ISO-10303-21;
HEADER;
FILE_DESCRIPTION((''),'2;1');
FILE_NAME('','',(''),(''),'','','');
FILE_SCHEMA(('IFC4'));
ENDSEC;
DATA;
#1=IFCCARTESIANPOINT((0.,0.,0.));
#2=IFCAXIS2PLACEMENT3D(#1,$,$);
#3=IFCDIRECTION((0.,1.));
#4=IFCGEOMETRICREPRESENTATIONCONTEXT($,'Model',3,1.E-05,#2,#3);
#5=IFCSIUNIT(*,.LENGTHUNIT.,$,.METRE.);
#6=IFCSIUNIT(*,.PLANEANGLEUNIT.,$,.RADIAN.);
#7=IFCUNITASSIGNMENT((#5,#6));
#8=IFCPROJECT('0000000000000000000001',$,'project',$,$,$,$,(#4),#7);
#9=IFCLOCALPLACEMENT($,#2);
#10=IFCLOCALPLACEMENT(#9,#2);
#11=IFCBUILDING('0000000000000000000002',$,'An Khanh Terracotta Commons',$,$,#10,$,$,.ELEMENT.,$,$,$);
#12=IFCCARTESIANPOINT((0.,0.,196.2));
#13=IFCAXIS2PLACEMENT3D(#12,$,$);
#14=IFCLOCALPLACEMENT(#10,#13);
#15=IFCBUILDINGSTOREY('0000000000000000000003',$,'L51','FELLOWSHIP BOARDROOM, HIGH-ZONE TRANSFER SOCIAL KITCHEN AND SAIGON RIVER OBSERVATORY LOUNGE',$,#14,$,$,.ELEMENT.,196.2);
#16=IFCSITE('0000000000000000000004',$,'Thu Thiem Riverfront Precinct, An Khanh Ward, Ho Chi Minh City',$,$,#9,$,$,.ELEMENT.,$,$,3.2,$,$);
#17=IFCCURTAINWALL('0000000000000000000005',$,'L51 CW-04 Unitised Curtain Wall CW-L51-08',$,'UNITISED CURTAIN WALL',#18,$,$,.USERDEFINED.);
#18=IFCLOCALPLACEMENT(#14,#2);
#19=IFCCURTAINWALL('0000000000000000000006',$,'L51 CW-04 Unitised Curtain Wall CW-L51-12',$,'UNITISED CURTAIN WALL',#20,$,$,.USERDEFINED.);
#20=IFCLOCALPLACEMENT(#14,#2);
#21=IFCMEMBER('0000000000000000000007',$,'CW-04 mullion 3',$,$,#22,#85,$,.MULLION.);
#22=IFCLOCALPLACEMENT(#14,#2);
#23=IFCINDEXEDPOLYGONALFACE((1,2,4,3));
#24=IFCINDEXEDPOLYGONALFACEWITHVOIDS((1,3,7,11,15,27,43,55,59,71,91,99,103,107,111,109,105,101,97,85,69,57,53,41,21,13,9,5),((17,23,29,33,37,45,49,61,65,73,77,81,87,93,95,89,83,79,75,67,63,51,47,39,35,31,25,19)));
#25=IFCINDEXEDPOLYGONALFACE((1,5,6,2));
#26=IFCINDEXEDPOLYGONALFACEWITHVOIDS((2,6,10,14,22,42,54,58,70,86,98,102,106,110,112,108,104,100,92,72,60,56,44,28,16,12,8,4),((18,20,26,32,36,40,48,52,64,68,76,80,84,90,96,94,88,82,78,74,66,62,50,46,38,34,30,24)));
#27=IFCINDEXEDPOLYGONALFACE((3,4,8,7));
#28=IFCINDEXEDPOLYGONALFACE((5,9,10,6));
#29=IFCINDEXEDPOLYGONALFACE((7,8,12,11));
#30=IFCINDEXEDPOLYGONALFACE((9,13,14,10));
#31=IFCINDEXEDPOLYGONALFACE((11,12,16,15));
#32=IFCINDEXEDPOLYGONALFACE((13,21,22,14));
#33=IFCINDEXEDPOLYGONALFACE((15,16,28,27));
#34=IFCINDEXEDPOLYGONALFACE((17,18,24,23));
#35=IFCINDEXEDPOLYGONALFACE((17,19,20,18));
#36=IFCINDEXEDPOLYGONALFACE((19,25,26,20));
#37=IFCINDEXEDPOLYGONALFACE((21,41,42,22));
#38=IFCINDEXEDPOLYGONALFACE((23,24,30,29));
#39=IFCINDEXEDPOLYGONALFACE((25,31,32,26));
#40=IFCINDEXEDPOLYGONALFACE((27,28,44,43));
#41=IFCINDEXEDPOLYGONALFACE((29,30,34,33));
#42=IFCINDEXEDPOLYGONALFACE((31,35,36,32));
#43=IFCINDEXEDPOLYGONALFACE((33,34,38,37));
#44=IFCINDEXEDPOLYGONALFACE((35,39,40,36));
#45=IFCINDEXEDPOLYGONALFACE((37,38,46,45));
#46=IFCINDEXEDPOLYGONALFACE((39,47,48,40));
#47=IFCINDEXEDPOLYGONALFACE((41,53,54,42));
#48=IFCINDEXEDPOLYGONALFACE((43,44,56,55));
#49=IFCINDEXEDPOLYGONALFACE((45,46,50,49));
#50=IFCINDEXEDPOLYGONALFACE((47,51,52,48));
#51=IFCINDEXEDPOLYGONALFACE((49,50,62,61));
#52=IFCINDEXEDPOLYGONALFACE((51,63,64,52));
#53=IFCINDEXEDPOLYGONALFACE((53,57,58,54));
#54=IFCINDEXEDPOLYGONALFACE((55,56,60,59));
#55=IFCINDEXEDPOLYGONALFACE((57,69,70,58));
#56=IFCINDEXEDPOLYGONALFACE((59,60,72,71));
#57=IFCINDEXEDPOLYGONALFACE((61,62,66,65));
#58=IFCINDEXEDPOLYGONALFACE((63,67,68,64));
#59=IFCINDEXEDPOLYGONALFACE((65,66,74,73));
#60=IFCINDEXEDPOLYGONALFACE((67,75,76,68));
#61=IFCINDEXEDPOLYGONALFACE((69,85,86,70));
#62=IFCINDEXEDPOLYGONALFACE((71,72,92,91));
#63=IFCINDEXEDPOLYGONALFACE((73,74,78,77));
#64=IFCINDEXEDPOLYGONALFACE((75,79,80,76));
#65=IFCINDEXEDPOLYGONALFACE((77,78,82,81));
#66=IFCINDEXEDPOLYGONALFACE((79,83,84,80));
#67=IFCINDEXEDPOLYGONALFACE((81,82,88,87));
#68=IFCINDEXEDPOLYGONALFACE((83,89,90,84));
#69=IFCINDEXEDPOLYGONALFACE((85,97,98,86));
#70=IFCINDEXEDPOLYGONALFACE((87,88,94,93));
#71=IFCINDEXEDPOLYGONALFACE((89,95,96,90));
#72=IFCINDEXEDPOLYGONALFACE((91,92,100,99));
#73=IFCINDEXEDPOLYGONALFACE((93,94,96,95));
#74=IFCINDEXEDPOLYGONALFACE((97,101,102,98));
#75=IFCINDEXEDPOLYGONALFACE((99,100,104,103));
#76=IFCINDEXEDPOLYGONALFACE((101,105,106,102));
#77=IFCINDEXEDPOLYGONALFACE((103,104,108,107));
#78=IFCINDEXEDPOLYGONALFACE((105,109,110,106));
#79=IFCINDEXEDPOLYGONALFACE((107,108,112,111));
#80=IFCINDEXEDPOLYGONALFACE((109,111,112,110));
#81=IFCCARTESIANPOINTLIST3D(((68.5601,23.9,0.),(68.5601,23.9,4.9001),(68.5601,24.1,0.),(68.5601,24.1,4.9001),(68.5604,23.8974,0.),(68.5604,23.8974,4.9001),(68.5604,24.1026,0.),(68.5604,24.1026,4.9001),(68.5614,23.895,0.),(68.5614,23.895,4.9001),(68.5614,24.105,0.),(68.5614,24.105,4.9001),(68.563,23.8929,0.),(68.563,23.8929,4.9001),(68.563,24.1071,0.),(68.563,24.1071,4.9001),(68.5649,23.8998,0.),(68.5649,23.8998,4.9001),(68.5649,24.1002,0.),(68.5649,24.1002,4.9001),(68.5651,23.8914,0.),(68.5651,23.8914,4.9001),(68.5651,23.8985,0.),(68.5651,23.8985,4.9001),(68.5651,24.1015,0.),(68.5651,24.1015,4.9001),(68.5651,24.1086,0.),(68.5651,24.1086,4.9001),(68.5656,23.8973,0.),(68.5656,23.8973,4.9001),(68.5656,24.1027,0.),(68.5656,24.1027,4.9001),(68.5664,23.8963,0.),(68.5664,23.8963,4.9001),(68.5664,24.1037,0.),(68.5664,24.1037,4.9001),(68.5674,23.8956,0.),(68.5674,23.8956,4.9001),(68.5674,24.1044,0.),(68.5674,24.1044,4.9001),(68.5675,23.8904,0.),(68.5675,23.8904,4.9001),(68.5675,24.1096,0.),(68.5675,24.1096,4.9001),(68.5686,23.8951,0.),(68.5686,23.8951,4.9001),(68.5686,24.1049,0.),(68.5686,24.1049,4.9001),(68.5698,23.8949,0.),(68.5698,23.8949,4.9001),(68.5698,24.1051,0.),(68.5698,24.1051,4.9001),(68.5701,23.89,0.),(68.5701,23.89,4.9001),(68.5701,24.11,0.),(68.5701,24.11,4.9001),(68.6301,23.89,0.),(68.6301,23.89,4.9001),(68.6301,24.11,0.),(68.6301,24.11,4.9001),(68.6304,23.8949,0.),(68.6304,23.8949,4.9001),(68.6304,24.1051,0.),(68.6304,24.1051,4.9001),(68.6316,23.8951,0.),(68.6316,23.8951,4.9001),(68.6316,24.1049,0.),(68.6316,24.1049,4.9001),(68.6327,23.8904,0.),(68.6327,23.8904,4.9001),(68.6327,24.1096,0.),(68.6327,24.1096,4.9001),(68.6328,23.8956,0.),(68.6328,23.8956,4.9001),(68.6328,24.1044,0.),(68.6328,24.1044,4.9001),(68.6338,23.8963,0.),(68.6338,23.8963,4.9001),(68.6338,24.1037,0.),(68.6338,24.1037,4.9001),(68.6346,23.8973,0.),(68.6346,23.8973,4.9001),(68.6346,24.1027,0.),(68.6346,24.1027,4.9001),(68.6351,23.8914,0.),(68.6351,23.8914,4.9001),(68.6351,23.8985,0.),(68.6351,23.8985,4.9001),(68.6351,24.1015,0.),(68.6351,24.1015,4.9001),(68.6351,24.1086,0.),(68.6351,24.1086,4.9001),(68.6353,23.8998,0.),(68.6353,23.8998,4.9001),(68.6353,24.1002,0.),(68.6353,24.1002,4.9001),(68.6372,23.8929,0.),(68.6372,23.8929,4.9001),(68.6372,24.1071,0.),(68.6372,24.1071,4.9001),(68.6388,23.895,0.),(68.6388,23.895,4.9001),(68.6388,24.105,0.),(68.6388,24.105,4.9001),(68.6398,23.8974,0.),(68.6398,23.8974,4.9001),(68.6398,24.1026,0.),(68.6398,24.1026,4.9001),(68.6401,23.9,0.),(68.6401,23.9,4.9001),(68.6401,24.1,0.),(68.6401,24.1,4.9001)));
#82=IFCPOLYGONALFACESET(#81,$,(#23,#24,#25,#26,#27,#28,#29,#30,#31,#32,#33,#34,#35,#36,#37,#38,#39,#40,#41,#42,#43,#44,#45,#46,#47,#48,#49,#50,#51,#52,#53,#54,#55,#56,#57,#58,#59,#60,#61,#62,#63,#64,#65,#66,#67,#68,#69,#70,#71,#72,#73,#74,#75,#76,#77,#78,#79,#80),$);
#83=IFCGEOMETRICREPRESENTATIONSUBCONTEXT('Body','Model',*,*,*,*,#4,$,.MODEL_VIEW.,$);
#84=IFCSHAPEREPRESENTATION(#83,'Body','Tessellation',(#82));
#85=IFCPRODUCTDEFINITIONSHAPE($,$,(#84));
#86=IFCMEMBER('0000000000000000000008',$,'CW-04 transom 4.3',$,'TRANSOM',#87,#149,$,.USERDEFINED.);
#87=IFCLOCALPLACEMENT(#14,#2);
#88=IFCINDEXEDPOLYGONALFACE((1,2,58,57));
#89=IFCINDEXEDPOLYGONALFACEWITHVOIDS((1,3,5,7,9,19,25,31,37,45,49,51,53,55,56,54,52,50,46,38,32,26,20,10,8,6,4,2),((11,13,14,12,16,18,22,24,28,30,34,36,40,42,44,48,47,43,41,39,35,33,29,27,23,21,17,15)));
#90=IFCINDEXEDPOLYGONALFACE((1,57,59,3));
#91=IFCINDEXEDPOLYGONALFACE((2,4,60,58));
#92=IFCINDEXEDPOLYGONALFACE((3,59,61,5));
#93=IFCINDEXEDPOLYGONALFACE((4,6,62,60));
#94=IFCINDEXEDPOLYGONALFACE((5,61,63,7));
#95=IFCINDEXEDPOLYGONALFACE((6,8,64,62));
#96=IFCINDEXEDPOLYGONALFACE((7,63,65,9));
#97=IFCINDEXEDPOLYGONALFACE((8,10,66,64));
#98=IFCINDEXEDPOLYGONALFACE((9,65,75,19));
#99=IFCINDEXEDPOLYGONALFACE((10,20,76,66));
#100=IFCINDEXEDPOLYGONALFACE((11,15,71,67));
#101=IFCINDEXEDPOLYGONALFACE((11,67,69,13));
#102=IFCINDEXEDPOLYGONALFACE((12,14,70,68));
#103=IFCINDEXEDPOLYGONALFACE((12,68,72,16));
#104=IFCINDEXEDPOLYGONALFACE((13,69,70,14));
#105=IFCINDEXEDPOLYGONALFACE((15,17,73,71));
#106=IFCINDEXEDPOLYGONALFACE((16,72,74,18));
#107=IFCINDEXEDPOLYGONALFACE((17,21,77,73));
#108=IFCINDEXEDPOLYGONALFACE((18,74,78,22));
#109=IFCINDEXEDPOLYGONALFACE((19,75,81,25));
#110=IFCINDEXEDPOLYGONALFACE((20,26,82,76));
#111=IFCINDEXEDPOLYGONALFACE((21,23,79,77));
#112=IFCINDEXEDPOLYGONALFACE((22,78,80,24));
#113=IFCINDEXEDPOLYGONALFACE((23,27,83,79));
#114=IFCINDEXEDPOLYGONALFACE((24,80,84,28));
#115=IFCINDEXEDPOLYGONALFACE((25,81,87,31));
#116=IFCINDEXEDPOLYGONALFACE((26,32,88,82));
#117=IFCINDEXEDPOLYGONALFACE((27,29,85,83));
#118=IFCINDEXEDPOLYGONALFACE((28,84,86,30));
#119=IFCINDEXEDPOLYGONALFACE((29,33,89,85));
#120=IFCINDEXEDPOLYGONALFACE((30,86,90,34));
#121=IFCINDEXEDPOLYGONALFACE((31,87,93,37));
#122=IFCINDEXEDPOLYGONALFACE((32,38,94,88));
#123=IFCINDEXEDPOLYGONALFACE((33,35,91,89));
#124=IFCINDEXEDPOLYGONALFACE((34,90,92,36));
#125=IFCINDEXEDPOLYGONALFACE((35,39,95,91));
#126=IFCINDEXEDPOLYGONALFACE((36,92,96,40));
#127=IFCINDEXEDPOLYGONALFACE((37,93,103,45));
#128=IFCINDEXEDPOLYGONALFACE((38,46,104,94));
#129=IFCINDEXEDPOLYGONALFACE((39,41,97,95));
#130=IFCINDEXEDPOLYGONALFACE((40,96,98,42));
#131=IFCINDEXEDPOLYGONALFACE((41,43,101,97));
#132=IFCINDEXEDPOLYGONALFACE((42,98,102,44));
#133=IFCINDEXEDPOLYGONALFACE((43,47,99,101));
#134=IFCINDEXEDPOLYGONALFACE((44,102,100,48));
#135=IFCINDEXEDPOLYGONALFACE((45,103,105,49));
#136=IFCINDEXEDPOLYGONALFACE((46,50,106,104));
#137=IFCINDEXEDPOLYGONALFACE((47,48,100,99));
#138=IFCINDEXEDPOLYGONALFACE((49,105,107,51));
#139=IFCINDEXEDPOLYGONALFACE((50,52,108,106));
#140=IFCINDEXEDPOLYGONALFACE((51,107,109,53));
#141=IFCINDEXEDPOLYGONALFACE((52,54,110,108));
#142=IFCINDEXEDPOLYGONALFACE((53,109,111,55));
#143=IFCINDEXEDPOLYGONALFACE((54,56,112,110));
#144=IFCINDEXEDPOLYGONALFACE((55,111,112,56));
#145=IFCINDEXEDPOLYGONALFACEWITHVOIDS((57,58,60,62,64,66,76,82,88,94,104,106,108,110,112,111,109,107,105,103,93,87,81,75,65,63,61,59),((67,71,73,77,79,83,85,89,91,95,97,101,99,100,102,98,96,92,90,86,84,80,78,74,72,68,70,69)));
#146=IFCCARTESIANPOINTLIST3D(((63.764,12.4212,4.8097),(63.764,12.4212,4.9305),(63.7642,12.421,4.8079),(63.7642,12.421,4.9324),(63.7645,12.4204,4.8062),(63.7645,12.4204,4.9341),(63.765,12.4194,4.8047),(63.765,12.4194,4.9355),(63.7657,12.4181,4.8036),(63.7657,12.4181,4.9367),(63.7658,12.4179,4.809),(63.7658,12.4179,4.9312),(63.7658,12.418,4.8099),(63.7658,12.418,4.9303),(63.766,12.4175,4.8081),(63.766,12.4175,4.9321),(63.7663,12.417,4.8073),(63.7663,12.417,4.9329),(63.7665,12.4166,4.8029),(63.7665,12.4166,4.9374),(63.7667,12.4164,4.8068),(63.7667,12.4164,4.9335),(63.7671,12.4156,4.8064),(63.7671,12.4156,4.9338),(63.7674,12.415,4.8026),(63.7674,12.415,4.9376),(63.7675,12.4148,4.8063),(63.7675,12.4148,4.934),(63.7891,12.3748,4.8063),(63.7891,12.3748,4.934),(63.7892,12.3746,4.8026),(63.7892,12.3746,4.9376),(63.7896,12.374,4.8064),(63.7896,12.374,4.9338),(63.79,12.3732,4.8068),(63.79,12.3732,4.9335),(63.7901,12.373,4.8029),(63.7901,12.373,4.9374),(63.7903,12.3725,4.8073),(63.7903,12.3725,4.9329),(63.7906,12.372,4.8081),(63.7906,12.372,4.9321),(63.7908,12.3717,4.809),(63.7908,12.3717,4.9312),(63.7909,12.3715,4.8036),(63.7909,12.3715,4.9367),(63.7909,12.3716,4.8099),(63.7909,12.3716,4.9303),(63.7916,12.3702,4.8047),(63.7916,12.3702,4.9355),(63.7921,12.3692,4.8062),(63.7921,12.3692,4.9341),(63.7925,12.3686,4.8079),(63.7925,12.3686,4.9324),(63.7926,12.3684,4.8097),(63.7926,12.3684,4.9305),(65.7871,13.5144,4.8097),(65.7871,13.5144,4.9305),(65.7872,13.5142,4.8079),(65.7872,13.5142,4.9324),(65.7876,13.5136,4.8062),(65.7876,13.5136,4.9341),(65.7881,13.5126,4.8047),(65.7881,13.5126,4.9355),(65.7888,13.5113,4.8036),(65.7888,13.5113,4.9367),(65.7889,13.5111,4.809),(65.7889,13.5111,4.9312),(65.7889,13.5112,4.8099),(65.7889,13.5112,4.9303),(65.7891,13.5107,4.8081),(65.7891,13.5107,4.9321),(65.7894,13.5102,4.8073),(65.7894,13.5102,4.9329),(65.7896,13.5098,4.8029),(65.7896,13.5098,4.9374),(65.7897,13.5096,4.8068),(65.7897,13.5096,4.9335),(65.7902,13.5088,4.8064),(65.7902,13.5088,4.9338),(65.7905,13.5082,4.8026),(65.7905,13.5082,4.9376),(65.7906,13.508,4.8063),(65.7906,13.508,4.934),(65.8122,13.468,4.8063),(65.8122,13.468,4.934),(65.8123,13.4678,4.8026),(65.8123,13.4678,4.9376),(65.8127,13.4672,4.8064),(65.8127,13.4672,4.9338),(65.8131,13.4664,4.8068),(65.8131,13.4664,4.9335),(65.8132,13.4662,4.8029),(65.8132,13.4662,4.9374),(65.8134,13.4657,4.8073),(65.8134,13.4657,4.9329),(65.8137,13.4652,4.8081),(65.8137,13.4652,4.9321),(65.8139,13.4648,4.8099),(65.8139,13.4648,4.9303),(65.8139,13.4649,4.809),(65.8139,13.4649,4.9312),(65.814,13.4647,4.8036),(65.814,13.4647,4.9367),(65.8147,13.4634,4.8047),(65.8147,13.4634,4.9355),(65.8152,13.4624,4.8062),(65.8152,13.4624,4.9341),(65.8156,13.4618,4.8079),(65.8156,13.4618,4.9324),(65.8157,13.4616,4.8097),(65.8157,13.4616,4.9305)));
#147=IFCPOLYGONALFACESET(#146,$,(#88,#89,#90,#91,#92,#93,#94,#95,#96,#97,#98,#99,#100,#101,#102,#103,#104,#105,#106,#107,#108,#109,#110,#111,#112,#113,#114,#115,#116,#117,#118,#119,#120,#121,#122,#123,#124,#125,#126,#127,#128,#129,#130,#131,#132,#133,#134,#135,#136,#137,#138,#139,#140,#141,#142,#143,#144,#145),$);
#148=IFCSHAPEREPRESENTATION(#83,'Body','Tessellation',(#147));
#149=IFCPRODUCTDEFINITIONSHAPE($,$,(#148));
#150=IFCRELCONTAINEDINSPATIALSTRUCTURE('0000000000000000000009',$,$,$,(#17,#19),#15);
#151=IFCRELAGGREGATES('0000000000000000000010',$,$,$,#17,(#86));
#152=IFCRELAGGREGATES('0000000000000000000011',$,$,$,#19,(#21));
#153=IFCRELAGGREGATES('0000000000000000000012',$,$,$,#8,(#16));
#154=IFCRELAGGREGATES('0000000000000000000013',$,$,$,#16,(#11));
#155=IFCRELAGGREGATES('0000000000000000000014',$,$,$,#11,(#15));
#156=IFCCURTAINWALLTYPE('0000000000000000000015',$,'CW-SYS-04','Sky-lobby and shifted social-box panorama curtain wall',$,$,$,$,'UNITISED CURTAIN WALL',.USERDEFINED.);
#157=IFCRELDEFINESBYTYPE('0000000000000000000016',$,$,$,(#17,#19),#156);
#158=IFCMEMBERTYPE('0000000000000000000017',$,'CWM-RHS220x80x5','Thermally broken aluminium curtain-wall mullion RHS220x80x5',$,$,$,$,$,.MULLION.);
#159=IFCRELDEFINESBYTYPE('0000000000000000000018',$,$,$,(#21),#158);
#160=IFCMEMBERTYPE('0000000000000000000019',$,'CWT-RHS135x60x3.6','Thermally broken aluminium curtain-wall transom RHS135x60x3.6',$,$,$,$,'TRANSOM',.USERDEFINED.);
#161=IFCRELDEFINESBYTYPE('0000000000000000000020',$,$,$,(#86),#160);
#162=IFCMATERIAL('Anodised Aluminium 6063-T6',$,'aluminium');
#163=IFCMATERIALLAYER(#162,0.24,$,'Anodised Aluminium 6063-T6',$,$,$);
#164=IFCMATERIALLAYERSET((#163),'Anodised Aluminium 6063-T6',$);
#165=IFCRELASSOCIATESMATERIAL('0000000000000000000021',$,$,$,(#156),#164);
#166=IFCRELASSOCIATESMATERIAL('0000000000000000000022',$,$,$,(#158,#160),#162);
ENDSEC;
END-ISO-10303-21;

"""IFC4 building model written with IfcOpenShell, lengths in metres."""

from ifc_helpers import new_model, si_unit, direction, frame, origin, origin_2d, place, context, subcontext, project, spatial, hollow_rectangle, extrude, material, layer, layer_set, material_profile, profile_set, type_object, element, aggregate, save


model = new_model("IFC4")

# Units and contexts
model_context = context("Model", 3, precision=1e-05, world=origin(), true_north=direction((0.0, 1.0)))
body_context = subcontext(model_context, "Body", "Model", "MODEL_VIEW")
ifc_project = project(units=[si_unit("LENGTHUNIT", "METRE"), si_unit("PLANEANGLEUNIT", "RADIAN")], contexts=[model_context])

# Site, building, storey
site_placement = place(None, origin())
site = spatial("IfcSite", under=ifc_project, at=site_placement, Name="Thu Thiem Riverfront Precinct, An Khanh Ward, Ho Chi Minh City", CompositionType="ELEMENT", RefElevation=3.2)
building_placement = place(site_placement, origin())
building = spatial("IfcBuilding", under=site, at=building_placement, Name="An Khanh Terracotta Commons", CompositionType="ELEMENT")
storey_placement = place(building_placement, frame((0.0, 0.0, 196.2)))
storey = spatial("IfcBuildingStorey", under=building, at=storey_placement, Name="L51", Description="FELLOWSHIP BOARDROOM, HIGH-ZONE TRANSFER SOCIAL KITCHEN AND SAIGON RIVER OBSERVATORY LOUNGE", CompositionType="ELEMENT", Elevation=196.2)

# Curtain wall
ifc_material_1 = material(Name="Anodised Aluminium 6063-T6", Category="aluminium")
ifc_layer_1 = layer(ifc_material_1, 0.24, Name="Anodised Aluminium 6063-T6")
ifc_layer_set_1 = layer_set([ifc_layer_1], Name="Anodised Aluminium 6063-T6")
curtain_wall_type = type_object("IfcCurtainWallType", Name="CW-SYS-04", Description="Sky-lobby and shifted social-box panorama curtain wall", ElementType="UNITISED CURTAIN WALL", PredefinedType="USERDEFINED", material=ifc_layer_set_1)
curtain_wall_1_placement = place(storey_placement, origin())
curtain_wall_1 = element("IfcCurtainWall", 1, at=curtain_wall_1_placement, inside=storey, type_object=curtain_wall_type, Name="L51 CW-04 Unitised Curtain Wall CW-L51-08", ObjectType="UNITISED CURTAIN WALL", PredefinedType="USERDEFINED")
ifc_material_profile_1 = material_profile(ifc_material_1, hollow_rectangle(XDim=0.0801, YDim=0.22, WallThickness=0.0049, InnerFilletRadius=0.0049, OuterFilletRadius=0.01, at=origin_2d()), Name="RHS220x80x5")
ifc_profile_set_1 = profile_set([ifc_material_profile_1], Name="Anodised Aluminium 6063-T6")
member_type_1 = type_object("IfcMemberType", Name="CWM-RHS220x80x5", Description="Thermally broken aluminium curtain-wall mullion RHS220x80x5", PredefinedType="MULLION", material=ifc_profile_set_1)

# Curtain wall, member
curtain_wall_2_placement = place(storey_placement, origin())
curtain_wall_2 = element("IfcCurtainWall", 2, at=curtain_wall_2_placement, inside=storey, type_object=curtain_wall_type, Name="L51 CW-04 Unitised Curtain Wall CW-L51-12", ObjectType="UNITISED CURTAIN WALL", PredefinedType="USERDEFINED")
member_1_placement = place(storey_placement, frame((68.6001, 24.0, 0.0), z_axis=(0.0, 0.0, 1.0), x_axis=(-1.0, 0.0, 0.0)))
member_1 = element("IfcMember", 3, at=member_1_placement, type_object=member_type_1, Name="CW-04 mullion 3", PredefinedType="MULLION", context=body_context, shape_type="SweptSolid", body=[
    extrude(hollow_rectangle(XDim=0.0801, YDim=0.22, WallThickness=0.0049, InnerFilletRadius=0.0049, OuterFilletRadius=0.01, at=origin_2d()), origin(), (0.0, 0.0, 1.0), 4.9001),
])

# Member
ifc_material_profile_2 = material_profile(ifc_material_1, hollow_rectangle(XDim=0.0601, YDim=0.135, WallThickness=0.0037, InnerFilletRadius=0.0037, OuterFilletRadius=0.0071, at=origin_2d()), Name="RHS135x60x3.6")
ifc_profile_set_2 = profile_set([ifc_material_profile_2], Name="Anodised Aluminium 6063-T6")
member_type_2 = type_object("IfcMemberType", Name="CWT-RHS135x60x3.6", Description="Thermally broken aluminium curtain-wall transom RHS135x60x3.6", ElementType="TRANSOM", PredefinedType="USERDEFINED", material=ifc_profile_set_2)
member_2_placement = place(storey_placement, frame((63.7783, 12.3948, 4.8701), z_axis=(0.879771, 0.475397, 0.0), x_axis=(-0.475397, 0.879771, 0.0)))
member_2 = element("IfcMember", 4, at=member_2_placement, type_object=member_type_2, Name="CW-04 transom 4.3", ObjectType="TRANSOM", PredefinedType="USERDEFINED", context=body_context, shape_type="SweptSolid", body=[
    extrude(hollow_rectangle(XDim=0.0601, YDim=0.135, WallThickness=0.0037, InnerFilletRadius=0.0037, OuterFilletRadius=0.0071, at=origin_2d()), origin(), (0.0, 0.0, 1.0), 2.2996),
])

aggregate(curtain_wall_1, [member_2])
aggregate(curtain_wall_2, [member_1])

save(model, "model.ifc")
